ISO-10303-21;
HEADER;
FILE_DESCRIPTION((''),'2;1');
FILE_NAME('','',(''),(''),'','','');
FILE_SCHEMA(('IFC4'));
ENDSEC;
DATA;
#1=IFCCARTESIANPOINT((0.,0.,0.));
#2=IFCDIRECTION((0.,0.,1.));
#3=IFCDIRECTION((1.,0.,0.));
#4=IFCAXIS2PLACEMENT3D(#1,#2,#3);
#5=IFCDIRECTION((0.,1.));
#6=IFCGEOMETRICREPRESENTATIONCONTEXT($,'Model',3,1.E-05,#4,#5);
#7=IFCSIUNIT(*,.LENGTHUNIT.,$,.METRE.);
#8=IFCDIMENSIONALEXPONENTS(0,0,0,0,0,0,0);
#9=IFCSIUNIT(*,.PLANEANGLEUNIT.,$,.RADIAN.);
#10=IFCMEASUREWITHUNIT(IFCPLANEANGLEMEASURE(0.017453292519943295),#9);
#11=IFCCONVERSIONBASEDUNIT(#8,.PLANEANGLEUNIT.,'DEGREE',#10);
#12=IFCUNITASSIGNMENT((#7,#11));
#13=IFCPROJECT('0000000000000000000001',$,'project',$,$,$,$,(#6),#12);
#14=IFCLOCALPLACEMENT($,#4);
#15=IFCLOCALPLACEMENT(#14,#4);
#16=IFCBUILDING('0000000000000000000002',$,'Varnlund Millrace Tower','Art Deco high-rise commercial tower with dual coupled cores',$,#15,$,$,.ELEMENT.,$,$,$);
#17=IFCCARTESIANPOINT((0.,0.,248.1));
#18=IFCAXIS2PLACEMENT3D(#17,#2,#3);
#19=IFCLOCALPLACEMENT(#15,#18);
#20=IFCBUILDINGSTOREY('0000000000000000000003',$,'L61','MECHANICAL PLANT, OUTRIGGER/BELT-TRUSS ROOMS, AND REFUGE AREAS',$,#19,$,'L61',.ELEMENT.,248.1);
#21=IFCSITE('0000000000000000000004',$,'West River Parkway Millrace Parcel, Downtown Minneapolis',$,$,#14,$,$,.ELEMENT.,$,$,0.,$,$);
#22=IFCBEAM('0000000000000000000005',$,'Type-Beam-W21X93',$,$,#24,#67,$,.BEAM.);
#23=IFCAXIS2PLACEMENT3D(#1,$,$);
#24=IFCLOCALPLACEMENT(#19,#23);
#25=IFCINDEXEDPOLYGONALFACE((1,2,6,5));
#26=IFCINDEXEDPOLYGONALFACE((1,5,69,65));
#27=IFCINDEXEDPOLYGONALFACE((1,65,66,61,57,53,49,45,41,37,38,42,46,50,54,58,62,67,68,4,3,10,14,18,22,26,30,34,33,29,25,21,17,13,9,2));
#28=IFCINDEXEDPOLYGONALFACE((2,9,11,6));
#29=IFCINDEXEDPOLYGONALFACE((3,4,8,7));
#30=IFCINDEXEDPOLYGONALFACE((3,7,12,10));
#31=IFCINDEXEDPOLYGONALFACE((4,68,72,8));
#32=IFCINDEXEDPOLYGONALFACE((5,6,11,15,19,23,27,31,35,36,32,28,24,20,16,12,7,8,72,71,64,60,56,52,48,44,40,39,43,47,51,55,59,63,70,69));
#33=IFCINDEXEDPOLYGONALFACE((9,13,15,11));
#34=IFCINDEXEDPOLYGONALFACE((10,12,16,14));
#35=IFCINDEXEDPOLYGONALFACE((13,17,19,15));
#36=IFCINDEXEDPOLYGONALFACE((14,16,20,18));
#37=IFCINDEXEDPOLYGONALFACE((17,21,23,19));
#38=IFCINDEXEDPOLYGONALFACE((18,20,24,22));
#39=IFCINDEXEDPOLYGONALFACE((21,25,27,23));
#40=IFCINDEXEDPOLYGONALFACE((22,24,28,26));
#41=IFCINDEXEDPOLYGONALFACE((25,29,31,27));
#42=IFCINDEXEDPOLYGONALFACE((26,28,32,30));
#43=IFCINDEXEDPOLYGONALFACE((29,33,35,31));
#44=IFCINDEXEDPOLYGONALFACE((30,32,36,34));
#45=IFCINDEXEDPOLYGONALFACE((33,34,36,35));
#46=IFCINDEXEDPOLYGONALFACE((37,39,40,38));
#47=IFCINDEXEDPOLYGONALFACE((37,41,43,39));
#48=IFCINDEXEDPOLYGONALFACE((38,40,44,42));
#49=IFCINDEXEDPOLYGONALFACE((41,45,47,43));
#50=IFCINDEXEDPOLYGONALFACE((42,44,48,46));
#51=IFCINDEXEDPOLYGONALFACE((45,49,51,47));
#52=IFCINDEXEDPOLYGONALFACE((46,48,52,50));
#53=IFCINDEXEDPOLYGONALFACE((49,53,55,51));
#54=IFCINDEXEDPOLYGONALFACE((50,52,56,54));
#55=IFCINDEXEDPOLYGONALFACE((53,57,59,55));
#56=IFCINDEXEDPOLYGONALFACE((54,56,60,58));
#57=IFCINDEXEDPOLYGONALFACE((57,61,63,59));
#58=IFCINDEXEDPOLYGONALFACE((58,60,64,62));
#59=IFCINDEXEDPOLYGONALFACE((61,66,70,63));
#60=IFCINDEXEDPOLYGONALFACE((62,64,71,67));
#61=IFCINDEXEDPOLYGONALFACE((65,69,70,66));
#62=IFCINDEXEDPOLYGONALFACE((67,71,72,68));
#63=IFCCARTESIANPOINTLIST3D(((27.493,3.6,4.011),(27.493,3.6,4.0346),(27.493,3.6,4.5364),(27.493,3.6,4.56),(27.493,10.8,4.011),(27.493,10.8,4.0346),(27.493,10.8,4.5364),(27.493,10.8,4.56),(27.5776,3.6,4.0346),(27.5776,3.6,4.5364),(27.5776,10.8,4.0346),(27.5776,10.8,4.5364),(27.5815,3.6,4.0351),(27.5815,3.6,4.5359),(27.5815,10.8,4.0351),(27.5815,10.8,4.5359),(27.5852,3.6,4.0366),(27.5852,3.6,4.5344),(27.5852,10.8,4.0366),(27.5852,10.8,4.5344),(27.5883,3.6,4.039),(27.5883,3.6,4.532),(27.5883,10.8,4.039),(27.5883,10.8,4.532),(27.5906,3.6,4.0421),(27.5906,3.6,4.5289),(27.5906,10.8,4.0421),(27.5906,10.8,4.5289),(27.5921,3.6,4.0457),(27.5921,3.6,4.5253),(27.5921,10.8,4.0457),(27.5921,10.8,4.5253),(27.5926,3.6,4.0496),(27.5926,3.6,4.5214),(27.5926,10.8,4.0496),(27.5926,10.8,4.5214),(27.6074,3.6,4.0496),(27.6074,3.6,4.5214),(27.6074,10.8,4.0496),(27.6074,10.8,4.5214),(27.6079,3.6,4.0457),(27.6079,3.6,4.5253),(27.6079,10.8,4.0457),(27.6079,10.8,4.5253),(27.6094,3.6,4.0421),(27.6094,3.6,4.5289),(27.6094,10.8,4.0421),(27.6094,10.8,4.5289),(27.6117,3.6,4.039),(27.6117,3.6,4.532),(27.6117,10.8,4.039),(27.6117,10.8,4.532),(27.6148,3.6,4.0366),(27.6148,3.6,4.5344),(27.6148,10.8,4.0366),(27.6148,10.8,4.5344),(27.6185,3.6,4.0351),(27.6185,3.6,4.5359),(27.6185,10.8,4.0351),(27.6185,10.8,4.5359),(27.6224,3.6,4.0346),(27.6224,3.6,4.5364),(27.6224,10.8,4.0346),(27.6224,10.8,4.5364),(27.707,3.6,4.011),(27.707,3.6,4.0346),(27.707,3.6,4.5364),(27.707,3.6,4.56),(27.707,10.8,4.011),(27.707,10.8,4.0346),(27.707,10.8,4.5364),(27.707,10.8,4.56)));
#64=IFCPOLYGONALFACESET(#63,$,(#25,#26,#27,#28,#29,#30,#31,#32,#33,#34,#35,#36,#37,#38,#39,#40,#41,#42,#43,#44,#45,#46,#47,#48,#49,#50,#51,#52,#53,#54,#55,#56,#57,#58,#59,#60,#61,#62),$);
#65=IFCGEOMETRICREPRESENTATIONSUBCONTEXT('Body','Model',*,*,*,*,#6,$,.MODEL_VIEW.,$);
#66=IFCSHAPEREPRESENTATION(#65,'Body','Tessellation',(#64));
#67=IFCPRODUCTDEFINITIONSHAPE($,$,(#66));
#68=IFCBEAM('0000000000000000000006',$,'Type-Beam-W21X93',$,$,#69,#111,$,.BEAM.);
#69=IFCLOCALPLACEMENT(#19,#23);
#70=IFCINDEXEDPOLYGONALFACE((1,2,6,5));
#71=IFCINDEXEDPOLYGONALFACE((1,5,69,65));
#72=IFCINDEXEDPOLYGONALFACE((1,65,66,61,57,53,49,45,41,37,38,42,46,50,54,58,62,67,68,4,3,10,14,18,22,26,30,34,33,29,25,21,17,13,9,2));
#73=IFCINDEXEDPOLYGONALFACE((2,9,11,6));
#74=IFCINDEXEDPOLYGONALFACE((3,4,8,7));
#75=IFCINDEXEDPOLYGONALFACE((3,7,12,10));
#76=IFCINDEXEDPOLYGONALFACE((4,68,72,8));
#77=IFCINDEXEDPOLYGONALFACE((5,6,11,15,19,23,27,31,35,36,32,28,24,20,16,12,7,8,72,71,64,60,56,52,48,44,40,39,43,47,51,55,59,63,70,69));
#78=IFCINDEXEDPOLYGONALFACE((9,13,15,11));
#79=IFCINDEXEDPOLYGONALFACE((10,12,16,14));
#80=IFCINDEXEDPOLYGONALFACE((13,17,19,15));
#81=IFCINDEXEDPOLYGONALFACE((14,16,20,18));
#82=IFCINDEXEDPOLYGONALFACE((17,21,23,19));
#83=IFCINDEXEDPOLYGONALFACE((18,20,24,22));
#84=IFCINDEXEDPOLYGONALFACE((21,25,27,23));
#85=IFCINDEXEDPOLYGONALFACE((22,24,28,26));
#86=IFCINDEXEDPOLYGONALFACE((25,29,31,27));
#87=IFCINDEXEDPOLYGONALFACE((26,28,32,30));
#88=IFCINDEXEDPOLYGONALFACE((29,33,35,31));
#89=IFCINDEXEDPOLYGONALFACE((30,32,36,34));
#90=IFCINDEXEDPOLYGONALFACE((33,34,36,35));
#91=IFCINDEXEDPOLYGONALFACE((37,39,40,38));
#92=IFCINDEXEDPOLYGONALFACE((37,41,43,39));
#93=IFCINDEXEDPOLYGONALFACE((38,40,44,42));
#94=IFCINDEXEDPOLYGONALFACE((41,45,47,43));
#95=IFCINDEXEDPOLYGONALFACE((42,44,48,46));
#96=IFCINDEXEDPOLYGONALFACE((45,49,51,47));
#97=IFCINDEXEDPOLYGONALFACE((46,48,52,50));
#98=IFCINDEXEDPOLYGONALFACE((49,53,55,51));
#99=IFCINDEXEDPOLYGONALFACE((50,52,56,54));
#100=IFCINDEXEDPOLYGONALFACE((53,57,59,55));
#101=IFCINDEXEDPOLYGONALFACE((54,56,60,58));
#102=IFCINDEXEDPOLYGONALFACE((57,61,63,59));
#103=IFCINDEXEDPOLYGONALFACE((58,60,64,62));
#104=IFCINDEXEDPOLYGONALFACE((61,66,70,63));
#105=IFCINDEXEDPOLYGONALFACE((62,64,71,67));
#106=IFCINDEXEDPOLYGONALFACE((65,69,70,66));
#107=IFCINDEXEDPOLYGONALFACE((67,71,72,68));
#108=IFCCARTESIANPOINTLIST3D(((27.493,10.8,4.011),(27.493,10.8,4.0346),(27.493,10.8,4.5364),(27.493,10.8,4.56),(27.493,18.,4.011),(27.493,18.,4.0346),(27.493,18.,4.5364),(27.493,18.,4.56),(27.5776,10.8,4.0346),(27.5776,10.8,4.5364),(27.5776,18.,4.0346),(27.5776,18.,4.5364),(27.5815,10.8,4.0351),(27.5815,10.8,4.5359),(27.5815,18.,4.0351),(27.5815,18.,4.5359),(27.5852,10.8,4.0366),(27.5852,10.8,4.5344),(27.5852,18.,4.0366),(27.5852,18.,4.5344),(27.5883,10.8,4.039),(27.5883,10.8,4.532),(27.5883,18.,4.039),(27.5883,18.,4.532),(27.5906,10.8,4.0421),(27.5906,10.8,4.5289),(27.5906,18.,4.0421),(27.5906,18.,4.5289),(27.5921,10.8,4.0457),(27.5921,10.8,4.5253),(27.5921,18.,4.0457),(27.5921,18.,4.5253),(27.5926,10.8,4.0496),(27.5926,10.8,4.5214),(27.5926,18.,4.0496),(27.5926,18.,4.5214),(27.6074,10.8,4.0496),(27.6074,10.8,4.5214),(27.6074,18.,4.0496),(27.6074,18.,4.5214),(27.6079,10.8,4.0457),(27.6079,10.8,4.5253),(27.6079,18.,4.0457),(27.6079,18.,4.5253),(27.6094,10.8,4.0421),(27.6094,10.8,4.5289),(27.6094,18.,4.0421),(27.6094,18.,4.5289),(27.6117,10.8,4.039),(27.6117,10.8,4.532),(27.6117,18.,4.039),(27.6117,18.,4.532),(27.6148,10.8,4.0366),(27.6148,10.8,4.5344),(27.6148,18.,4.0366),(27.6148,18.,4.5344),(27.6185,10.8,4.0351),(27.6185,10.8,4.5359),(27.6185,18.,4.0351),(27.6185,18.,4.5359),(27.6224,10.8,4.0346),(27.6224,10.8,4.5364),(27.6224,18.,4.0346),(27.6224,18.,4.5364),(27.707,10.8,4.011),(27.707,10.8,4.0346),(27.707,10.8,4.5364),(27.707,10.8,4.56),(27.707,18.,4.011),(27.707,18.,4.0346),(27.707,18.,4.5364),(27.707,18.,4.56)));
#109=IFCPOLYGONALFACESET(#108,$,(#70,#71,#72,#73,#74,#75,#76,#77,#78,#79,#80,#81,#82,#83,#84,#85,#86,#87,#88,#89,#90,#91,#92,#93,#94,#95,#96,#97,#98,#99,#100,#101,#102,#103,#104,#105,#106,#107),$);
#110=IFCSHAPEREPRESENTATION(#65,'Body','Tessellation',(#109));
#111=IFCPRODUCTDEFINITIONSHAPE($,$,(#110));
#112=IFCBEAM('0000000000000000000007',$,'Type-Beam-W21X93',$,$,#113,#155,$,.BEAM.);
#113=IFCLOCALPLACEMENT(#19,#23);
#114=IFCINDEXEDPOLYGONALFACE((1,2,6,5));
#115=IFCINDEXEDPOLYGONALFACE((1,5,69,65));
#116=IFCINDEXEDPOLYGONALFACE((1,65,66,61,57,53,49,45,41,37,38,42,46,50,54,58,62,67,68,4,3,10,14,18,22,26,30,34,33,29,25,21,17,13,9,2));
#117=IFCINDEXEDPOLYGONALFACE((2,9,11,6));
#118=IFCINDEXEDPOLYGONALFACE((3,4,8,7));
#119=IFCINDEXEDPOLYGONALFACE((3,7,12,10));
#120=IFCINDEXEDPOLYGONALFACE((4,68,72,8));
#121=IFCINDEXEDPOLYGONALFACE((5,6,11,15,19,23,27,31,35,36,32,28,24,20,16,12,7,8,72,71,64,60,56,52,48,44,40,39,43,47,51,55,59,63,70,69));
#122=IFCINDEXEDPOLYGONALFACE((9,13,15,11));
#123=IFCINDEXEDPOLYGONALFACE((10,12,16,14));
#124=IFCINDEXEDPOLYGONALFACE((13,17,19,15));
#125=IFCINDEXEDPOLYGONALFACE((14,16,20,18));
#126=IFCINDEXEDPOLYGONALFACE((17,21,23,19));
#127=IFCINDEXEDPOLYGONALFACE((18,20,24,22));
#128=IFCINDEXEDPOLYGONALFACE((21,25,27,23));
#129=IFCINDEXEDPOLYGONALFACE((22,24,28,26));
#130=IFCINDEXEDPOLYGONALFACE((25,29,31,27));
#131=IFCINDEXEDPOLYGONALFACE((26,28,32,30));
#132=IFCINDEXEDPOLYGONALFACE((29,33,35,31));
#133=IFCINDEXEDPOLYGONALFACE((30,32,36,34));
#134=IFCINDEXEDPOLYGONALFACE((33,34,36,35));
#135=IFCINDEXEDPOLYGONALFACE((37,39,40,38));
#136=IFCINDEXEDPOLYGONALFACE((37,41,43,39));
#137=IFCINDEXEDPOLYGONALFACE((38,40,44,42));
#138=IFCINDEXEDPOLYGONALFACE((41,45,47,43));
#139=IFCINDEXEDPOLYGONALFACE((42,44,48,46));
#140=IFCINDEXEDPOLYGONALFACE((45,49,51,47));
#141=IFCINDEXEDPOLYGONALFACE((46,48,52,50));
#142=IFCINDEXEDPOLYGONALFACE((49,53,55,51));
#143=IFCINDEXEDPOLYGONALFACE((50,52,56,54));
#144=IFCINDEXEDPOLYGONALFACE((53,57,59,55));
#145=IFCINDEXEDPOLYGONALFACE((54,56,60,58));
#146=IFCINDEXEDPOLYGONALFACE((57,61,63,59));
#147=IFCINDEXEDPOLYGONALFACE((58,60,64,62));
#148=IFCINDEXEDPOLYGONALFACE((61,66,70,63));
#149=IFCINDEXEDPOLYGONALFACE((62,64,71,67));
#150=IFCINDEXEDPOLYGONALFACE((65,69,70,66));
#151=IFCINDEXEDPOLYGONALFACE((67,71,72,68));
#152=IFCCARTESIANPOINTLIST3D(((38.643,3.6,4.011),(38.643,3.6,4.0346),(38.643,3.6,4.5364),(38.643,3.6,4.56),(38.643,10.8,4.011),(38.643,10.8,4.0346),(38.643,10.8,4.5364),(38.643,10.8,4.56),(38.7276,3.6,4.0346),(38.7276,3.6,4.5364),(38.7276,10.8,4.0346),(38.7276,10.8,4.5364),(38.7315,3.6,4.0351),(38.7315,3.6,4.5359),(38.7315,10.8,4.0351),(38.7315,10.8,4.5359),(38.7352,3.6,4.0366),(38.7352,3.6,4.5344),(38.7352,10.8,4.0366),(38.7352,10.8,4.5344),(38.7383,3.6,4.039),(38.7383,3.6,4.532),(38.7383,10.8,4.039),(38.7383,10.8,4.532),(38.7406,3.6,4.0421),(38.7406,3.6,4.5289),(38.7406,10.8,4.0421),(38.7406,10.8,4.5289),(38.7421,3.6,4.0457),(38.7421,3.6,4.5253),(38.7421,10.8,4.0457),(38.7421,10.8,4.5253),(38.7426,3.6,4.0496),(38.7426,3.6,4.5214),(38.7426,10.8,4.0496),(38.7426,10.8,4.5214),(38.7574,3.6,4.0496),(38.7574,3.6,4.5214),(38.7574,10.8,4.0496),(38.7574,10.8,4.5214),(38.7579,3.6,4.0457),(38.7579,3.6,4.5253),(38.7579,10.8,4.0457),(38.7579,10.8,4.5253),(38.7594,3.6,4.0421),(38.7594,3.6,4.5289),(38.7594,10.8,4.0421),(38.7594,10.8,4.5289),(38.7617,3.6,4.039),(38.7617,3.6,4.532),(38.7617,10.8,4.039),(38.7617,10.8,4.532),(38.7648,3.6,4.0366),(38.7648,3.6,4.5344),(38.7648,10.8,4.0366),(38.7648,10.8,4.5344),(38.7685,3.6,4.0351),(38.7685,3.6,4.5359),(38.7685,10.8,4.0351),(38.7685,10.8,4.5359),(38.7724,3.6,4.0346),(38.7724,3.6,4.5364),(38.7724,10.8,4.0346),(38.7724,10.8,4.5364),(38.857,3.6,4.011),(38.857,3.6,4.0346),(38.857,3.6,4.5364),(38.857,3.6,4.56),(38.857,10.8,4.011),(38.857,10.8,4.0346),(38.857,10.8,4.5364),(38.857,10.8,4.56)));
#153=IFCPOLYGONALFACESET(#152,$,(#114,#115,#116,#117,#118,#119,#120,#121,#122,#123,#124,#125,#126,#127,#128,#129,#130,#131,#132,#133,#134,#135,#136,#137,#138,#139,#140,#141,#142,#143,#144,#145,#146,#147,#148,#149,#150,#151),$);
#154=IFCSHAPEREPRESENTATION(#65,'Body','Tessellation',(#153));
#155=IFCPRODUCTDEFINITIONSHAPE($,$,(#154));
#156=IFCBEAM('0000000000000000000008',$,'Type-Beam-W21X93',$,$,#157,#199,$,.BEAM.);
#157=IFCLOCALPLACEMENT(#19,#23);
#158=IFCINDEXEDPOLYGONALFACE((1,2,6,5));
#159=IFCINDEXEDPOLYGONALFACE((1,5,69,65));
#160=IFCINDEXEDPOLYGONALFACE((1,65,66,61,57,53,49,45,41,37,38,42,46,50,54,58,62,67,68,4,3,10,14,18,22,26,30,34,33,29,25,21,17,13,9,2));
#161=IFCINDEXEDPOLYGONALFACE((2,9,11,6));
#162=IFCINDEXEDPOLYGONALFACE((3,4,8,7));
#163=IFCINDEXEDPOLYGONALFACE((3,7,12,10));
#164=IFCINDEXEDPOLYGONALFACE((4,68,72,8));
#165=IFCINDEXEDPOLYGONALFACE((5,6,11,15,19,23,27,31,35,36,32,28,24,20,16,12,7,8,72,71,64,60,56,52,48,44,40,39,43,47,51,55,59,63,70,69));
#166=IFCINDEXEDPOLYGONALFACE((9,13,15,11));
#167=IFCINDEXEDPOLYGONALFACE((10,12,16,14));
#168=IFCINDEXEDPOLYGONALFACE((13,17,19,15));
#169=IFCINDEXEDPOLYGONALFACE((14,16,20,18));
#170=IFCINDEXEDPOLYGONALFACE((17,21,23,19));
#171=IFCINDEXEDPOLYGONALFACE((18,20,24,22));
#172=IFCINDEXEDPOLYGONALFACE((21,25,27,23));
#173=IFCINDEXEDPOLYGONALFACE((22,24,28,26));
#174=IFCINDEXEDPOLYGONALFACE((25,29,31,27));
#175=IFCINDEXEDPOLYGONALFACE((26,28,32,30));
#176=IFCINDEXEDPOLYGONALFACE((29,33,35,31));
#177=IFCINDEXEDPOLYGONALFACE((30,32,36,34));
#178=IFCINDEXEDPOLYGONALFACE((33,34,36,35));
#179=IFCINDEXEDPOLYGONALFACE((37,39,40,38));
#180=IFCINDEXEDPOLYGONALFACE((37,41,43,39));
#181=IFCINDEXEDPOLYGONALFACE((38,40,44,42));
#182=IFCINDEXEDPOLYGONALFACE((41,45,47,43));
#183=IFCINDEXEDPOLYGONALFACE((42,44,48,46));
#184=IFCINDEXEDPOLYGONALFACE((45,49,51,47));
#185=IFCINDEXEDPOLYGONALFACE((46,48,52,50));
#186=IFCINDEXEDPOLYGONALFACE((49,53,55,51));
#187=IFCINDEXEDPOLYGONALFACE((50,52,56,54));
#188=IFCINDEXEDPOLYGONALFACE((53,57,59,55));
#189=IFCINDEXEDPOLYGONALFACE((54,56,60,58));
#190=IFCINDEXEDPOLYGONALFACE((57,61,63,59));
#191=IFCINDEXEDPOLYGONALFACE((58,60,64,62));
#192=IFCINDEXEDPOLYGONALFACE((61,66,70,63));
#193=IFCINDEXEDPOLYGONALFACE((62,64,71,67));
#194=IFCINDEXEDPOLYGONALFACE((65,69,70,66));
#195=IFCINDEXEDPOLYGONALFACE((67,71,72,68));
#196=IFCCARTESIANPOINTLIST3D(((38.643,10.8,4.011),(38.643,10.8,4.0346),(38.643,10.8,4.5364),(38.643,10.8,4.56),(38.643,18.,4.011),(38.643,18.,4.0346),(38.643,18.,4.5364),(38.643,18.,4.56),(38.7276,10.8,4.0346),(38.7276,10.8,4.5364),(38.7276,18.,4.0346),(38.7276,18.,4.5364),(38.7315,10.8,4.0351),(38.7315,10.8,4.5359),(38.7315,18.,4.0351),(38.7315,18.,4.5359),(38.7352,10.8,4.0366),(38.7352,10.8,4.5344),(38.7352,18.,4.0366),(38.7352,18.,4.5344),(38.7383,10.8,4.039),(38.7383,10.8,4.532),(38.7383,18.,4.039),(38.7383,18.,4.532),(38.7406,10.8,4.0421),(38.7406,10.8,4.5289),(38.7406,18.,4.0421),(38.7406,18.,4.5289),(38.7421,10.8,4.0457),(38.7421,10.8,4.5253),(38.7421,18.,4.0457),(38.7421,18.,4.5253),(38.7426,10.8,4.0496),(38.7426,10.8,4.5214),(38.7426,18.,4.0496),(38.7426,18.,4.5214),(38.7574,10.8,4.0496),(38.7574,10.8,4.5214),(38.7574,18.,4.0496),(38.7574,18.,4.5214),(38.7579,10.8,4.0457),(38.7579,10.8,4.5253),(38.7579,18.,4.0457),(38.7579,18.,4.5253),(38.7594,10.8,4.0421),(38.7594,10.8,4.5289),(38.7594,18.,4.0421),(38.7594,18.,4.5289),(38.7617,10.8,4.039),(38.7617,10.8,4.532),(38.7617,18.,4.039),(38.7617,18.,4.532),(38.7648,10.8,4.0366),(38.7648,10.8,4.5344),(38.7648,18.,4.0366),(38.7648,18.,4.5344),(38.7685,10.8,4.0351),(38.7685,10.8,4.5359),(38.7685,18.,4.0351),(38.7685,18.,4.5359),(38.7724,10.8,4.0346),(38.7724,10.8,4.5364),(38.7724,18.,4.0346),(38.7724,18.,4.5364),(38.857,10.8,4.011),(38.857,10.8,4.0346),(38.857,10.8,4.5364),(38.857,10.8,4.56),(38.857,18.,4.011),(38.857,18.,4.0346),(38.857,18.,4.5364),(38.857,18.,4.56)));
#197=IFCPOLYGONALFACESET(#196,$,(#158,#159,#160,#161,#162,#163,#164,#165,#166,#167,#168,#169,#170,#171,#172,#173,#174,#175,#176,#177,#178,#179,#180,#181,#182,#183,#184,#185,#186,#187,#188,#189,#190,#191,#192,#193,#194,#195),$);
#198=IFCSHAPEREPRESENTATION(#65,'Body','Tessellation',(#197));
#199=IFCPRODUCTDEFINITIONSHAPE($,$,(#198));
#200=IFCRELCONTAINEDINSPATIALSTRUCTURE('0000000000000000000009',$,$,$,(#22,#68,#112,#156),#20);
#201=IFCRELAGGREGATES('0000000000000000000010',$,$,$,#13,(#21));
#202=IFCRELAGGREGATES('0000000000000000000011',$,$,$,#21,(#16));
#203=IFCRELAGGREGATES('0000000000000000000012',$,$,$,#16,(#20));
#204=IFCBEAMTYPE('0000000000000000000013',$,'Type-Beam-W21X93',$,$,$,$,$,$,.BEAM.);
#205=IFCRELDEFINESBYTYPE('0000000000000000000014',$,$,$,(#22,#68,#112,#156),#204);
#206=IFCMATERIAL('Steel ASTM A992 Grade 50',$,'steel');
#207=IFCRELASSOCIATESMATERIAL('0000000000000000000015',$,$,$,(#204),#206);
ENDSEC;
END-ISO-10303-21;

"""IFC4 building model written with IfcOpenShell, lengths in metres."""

from ifc_helpers import new_model, entity, si_unit, converted_unit, direction, frame, origin_with_axes, origin_2d_with_axis, place, context, subcontext, project, spatial, i_section, extrude, material, material_profile, profile_set, type_object, element, save


model = new_model("IFC4")

# Units and contexts
model_context = context("Model", 3, precision=1e-05, world=origin_with_axes(), true_north=direction((0.0, 1.0)))
body_context = subcontext(model_context, "Body", "Model", "MODEL_VIEW")
ifc_project = project(units=[si_unit("LENGTHUNIT", "METRE"), converted_unit("PLANEANGLEUNIT", "DEGREE", entity("IfcPlaneAngleMeasure", 0.017453292519943295), si_unit("PLANEANGLEUNIT", "RADIAN"), dimensions=[0, 0, 0, 0, 0, 0, 0])], contexts=[model_context])

# Site, building, storey
site_placement = place(None, origin_with_axes())
site = spatial("IfcSite", under=ifc_project, at=site_placement, Name="West River Parkway Millrace Parcel, Downtown Minneapolis", CompositionType="ELEMENT", RefElevation=0.0)
building_placement = place(site_placement, origin_with_axes())
building = spatial("IfcBuilding", under=site, at=building_placement, Name="Varnlund Millrace Tower", Description="Art Deco high-rise commercial tower with dual coupled cores", CompositionType="ELEMENT")
storey_placement = place(building_placement, frame((0.0, 0.0, 248.1), z_axis=(0.0, 0.0, 1.0), x_axis=(1.0, 0.0, 0.0)))
storey = spatial("IfcBuildingStorey", under=building, at=storey_placement, Name="L61", Description="MECHANICAL PLANT, OUTRIGGER/BELT-TRUSS ROOMS, AND REFUGE AREAS", LongName="L61", CompositionType="ELEMENT", Elevation=248.1)

# Beams
ifc_material_1 = material(Name="Steel ASTM A992 Grade 50", Category="steel")
ifc_material_profile_1 = material_profile(ifc_material_1, i_section(OverallWidth=0.214, OverallDepth=0.549, WebThickness=0.0147, FlangeThickness=0.0236, FilletRadius=0.015, at=origin_2d_with_axis()), Name="Steel ASTM A992 Grade 50")
ifc_profile_set_1 = profile_set([ifc_material_profile_1], Name="Steel ASTM A992 Grade 50")
beam_type_1 = type_object("IfcBeamType", Name="Type-Beam-W21X93", PredefinedType="BEAM", material=ifc_profile_set_1)
for number, where, z_axis, x_axis, name in (
    (1, (27.6, 3.6, 4.2855), (0.0, 1.0, 0.0), (-1.0, 0.0, 0.0), "Type-Beam-W21X93"),
    (2, (27.6, 10.8, 4.2855), (0.0, 1.0, 0.0), (-1.0, 0.0, 0.0), "Type-Beam-W21X93"),
    (3, (38.75, 3.6, 4.2855), (0.0, 1.0, 0.0), (-1.0, 0.0, 0.0), "Type-Beam-W21X93"),
    (4, (38.75, 10.8, 4.2855), (0.0, 1.0, 0.0), (-1.0, 0.0, 0.0), "Type-Beam-W21X93"),
):
    element("IfcBeam", number, at=place(storey_placement, frame(where, z_axis=z_axis, x_axis=x_axis)), inside=storey, type_object=beam_type_1, Name=name, PredefinedType="BEAM", context=body_context, shape_type="SweptSolid", body=[
        extrude(i_section(OverallWidth=0.214, OverallDepth=0.549, WebThickness=0.0147, FlangeThickness=0.0236, FilletRadius=0.015, at=origin_2d_with_axis()), origin_with_axes(), (0.0, 0.0, 1.0), 7.2),
    ])

save(model, "model.ifc")
